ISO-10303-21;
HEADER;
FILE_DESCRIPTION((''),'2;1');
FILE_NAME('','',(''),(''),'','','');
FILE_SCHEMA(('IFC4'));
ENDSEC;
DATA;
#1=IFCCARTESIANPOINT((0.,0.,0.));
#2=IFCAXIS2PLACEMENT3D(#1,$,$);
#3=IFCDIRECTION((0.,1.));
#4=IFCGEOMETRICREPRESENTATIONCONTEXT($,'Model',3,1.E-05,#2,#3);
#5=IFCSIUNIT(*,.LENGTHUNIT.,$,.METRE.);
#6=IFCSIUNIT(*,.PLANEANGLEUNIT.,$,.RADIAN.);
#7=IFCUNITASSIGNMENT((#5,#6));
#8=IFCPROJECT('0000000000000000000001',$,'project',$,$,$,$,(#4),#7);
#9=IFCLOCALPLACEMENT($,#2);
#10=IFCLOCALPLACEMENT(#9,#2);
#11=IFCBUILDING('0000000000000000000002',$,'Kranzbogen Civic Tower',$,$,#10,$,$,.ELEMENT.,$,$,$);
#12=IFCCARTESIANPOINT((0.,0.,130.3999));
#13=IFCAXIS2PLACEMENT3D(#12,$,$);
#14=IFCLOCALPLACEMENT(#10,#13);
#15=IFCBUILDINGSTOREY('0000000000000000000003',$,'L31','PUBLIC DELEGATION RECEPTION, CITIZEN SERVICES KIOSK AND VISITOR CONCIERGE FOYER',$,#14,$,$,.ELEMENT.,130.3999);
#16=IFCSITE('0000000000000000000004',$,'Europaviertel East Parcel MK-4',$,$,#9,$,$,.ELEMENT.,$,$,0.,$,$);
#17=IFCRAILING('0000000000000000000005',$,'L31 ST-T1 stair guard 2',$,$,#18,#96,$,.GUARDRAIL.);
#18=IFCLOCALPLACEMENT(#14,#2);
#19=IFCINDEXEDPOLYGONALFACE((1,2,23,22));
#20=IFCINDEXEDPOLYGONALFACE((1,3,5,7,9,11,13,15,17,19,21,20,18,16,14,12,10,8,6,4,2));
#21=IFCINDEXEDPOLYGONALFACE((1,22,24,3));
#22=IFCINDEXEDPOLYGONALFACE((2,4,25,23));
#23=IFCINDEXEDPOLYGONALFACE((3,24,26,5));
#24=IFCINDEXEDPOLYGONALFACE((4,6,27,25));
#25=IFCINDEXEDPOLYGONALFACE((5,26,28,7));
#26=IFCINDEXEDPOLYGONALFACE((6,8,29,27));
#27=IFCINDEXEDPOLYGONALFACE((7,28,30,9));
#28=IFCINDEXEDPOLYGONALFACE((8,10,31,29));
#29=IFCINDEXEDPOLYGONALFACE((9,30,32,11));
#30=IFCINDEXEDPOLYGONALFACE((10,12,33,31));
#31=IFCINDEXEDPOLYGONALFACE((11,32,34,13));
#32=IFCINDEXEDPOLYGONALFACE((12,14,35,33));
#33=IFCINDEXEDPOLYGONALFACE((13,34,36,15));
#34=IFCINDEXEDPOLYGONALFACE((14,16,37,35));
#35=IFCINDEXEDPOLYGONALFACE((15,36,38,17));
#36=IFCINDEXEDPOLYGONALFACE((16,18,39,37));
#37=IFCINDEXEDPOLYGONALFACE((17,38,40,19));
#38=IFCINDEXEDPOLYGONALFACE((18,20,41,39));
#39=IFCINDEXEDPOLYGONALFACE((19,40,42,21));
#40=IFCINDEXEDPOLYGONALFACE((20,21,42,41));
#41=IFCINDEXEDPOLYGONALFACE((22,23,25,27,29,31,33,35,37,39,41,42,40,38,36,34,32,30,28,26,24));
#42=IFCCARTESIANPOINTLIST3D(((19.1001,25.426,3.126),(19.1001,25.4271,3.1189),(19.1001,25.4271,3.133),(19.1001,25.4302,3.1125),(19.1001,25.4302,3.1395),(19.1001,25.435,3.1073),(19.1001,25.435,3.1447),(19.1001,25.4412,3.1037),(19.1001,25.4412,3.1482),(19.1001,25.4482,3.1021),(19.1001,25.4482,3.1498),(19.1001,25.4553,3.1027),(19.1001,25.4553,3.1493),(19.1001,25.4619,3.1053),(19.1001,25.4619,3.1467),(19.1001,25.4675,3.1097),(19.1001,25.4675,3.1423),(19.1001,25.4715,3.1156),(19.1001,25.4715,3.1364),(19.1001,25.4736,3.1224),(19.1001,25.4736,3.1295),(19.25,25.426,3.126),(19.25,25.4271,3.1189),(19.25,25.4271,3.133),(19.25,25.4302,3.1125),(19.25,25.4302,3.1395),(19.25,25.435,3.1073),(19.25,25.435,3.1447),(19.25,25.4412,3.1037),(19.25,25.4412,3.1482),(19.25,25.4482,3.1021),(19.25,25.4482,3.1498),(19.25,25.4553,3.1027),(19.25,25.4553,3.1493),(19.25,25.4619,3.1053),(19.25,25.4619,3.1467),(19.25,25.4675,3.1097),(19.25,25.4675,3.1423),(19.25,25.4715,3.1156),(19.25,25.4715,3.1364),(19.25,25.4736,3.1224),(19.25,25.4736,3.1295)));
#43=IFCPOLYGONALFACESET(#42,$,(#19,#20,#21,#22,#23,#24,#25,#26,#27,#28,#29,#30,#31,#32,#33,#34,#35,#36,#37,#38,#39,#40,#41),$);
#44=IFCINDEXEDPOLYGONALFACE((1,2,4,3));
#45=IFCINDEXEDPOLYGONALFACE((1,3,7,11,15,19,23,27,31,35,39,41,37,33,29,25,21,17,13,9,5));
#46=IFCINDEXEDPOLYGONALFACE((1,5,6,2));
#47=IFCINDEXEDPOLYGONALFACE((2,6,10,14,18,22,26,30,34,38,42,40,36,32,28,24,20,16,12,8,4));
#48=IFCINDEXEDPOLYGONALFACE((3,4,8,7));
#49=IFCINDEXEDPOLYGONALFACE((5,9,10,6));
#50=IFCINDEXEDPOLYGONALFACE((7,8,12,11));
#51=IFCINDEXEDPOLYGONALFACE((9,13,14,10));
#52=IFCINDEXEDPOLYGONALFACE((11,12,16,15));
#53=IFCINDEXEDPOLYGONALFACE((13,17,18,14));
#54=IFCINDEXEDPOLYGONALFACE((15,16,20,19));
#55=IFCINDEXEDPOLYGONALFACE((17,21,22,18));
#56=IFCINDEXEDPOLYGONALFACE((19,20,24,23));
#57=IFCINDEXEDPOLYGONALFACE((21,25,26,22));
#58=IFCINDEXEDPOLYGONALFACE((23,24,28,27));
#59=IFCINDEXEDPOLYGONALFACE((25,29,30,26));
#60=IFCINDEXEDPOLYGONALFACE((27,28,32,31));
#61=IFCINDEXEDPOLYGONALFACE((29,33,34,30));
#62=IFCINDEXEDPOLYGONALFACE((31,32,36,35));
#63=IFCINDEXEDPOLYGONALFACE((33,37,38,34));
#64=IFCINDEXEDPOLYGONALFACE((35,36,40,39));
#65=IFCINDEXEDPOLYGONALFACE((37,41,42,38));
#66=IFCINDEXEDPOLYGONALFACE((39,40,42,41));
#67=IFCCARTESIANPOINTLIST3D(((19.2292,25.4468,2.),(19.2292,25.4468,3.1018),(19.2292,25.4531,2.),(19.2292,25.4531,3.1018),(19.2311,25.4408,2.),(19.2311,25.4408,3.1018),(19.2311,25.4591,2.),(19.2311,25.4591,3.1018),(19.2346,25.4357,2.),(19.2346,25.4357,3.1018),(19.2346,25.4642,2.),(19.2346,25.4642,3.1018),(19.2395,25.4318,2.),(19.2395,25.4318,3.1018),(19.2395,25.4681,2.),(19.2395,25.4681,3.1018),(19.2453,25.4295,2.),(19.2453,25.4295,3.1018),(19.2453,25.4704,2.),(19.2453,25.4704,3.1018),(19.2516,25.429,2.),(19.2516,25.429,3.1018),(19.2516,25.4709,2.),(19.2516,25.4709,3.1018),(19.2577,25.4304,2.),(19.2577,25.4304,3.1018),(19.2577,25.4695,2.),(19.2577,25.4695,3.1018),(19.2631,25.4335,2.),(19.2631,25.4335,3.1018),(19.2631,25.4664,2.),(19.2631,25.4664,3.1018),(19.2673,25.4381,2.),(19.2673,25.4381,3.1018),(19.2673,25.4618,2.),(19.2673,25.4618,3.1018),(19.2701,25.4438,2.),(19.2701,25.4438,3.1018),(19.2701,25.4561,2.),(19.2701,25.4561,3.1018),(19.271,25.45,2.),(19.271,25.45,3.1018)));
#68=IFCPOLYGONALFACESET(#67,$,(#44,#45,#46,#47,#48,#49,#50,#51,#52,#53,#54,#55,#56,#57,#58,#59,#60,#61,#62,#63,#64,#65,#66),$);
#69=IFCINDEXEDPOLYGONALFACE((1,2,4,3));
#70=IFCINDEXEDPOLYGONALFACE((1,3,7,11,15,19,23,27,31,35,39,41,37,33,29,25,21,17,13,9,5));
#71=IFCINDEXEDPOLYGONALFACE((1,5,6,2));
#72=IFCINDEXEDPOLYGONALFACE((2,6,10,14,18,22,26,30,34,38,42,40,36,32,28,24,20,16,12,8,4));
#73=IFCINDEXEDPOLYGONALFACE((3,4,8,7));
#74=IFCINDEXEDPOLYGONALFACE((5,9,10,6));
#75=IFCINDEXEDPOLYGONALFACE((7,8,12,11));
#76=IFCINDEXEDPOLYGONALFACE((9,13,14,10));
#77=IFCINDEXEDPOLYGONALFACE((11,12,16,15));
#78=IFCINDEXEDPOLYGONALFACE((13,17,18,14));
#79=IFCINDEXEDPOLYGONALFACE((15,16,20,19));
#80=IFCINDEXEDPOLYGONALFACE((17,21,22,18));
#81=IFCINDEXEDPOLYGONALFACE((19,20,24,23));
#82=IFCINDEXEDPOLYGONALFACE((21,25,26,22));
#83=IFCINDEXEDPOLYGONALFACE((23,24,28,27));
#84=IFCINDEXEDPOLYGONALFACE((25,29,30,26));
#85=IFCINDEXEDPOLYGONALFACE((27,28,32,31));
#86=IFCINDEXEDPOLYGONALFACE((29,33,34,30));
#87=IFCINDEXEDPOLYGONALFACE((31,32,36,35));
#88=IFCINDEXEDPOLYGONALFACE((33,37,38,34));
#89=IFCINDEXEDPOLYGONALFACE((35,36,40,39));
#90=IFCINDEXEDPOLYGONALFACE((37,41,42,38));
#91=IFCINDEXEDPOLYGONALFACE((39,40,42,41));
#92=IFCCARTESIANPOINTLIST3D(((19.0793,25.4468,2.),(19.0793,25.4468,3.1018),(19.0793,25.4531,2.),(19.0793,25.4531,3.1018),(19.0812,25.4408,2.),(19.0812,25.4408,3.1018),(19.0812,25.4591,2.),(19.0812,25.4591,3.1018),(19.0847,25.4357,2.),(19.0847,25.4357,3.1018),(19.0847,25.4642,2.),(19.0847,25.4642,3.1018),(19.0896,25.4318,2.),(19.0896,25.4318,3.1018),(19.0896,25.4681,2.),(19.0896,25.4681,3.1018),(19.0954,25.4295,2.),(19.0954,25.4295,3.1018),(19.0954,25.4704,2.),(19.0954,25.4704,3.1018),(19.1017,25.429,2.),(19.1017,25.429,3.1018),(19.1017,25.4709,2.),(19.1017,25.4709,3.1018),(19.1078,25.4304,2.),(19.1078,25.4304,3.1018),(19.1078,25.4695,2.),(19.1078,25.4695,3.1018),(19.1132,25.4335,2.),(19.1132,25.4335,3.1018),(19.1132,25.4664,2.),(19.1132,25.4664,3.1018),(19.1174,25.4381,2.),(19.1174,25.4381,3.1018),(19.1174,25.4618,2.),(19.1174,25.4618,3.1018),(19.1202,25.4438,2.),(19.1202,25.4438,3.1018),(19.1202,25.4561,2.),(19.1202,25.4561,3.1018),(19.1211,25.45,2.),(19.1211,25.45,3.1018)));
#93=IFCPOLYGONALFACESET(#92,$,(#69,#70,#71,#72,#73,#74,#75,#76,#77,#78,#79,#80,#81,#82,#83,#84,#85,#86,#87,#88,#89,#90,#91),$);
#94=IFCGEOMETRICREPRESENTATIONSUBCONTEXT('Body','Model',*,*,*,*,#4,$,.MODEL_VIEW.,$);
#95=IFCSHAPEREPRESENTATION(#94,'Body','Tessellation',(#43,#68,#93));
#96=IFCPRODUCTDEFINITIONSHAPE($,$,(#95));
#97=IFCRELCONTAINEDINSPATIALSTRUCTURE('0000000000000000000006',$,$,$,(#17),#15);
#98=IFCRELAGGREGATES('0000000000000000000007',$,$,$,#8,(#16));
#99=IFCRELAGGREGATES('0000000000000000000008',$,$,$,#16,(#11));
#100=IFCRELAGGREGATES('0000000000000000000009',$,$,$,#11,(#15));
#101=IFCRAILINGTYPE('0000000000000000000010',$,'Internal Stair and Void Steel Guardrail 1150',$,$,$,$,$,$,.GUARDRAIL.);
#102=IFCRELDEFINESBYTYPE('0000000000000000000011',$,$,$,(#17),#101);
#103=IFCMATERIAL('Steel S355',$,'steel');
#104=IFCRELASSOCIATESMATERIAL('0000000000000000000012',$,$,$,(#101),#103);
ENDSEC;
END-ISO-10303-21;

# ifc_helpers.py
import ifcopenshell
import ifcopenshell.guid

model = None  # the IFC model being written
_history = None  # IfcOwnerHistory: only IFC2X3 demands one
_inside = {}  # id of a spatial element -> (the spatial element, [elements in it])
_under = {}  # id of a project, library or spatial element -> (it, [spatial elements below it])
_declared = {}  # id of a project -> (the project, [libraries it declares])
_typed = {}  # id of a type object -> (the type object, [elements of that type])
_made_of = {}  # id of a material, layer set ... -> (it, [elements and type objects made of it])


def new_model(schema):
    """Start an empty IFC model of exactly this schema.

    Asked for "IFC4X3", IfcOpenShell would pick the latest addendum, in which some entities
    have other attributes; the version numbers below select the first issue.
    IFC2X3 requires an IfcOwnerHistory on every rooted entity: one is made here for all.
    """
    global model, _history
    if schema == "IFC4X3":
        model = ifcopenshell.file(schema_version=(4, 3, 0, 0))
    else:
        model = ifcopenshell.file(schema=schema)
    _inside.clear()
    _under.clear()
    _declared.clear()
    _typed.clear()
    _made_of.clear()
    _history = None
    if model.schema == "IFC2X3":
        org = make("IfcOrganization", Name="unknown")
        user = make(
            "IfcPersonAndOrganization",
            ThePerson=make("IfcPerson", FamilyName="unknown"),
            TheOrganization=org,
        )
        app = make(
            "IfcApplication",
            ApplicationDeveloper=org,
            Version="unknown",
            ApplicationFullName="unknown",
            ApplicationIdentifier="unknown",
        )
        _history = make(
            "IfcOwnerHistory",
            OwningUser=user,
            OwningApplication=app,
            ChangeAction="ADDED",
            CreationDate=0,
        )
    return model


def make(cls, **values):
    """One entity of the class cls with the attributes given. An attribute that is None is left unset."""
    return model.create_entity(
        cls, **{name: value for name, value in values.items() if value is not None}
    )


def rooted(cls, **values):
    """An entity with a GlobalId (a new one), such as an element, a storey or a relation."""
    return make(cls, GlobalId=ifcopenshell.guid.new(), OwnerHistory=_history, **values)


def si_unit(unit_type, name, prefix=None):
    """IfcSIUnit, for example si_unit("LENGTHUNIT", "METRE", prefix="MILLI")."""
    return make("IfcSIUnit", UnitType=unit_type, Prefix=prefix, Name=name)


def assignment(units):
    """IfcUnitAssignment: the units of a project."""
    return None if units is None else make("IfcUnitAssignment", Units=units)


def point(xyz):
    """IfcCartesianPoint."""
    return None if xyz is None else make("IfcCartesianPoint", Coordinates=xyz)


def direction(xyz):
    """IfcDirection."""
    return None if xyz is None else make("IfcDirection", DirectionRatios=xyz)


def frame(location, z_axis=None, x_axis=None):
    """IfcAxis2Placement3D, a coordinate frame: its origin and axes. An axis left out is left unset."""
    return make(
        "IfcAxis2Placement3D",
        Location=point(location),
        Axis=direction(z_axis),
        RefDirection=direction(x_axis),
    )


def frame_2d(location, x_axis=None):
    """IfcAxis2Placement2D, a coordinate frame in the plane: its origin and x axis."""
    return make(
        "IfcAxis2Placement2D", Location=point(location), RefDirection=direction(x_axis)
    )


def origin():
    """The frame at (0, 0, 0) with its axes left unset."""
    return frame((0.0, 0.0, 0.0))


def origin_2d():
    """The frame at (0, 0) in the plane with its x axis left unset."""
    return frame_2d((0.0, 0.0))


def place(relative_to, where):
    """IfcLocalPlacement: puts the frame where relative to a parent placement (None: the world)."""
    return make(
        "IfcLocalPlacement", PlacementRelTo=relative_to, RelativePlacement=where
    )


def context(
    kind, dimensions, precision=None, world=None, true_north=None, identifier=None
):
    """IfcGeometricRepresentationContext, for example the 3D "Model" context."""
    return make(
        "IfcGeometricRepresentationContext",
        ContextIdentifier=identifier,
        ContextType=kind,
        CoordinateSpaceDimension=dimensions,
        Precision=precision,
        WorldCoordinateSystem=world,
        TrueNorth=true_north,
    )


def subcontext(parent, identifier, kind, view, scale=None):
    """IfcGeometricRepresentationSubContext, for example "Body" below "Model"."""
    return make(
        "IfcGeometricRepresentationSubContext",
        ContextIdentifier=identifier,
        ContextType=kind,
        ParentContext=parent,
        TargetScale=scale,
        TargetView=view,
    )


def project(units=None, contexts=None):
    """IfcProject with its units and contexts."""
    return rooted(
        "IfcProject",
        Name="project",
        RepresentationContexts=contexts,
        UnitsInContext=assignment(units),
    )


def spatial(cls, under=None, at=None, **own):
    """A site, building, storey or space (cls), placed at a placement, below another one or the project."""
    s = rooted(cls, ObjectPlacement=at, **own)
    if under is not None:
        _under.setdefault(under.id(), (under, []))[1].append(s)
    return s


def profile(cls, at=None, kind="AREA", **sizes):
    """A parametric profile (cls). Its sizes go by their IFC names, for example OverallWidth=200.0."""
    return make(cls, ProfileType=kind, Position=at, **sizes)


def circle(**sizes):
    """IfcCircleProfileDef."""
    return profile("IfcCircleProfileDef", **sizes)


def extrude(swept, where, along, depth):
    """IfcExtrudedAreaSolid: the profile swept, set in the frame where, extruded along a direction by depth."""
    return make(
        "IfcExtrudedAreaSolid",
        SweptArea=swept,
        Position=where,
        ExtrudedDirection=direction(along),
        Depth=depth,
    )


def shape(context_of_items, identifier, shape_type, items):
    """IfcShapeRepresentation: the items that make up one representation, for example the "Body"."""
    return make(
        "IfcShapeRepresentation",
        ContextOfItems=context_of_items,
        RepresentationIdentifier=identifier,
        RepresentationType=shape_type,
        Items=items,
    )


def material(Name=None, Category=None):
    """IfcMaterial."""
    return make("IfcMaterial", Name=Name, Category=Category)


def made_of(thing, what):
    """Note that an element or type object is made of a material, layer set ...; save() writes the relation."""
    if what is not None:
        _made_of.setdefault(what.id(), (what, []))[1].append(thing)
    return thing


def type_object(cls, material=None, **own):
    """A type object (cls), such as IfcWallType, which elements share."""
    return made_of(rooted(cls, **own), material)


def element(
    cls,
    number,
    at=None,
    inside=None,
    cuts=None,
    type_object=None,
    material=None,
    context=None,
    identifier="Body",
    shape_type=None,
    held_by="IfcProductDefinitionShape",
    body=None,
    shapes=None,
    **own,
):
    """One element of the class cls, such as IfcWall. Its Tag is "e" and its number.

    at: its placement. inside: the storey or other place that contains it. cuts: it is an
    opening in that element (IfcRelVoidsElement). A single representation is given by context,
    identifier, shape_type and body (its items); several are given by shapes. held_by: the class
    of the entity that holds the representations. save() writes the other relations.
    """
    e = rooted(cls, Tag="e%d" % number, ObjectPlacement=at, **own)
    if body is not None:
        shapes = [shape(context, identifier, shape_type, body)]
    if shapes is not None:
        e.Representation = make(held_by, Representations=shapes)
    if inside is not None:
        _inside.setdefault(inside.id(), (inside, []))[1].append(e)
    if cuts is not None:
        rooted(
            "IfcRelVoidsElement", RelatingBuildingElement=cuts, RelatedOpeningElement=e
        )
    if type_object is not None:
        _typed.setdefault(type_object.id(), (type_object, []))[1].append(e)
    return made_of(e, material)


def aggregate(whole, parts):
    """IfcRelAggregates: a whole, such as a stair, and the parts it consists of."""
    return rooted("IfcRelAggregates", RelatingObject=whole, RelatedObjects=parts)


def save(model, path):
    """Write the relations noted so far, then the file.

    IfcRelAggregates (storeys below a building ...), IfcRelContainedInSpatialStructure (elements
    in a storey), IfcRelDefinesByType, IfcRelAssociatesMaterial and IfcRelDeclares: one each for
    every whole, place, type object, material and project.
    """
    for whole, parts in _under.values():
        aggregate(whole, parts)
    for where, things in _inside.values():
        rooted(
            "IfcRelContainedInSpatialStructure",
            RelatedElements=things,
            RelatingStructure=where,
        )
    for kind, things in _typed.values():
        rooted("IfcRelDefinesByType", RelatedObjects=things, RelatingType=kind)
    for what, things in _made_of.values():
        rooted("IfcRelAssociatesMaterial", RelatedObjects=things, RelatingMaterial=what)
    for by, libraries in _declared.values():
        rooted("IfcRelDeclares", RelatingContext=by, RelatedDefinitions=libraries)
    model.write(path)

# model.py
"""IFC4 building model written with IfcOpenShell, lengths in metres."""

from ifc_helpers import new_model, si_unit, direction, frame, origin, origin_2d, place, context, subcontext, project, spatial, circle, extrude, material, type_object, element, save


model = new_model("IFC4")

# Units and contexts
model_context = context("Model", 3, precision=1e-05, world=origin(), true_north=direction((0.0, 1.0)))
body_context = subcontext(model_context, "Body", "Model", "MODEL_VIEW")
ifc_project = project(units=[si_unit("LENGTHUNIT", "METRE"), si_unit("PLANEANGLEUNIT", "RADIAN")], contexts=[model_context])

# Site, building, storey
site_placement = place(None, origin())
site = spatial("IfcSite", under=ifc_project, at=site_placement, Name="Europaviertel East Parcel MK-4", CompositionType="ELEMENT", RefElevation=0.0)
building_placement = place(site_placement, origin())
building = spatial("IfcBuilding", under=site, at=building_placement, Name="Kranzbogen Civic Tower", CompositionType="ELEMENT")
storey_placement = place(building_placement, frame((0.0, 0.0, 130.3999)))
storey = spatial("IfcBuildingStorey", under=building, at=storey_placement, Name="L31", Description="PUBLIC DELEGATION RECEPTION, CITIZEN SERVICES KIOSK AND VISITOR CONCIERGE FOYER", CompositionType="ELEMENT", Elevation=130.3999)

# Shared definitions
ifc_material_1 = material(Name="Steel S355", Category="steel")

# Railing
railing_type_1 = type_object("IfcRailingType", Name="Internal Stair and Void Steel Guardrail 1150", PredefinedType="GUARDRAIL", material=ifc_material_1)
railing_1_placement = place(storey_placement, frame((19.25, 25.45, 2.0)))
element("IfcRailing", 1, at=railing_1_placement, inside=storey, type_object=railing_type_1, Name="L31 ST-T1 stair guard 2", PredefinedType="GUARDRAIL", context=body_context, shape_type="SweptSolid", body=[
    extrude(circle(Radius=0.0239, at=origin_2d()), frame((0.0, 0.0, 1.126), z_axis=(-1.0, 0.0, 0.0), x_axis=(0.0, -1.0, 0.0)), (0.0, 0.0, 1.0), 0.1499),
    extrude(circle(Radius=0.021, at=origin_2d()), origin(), (0.0, 0.0, 1.0), 1.1018),
    extrude(circle(Radius=0.021, at=origin_2d()), frame((-0.1499, 0.0, 0.0)), (0.0, 0.0, 1.0), 1.1018),
])

save(model, "model.ifc")
